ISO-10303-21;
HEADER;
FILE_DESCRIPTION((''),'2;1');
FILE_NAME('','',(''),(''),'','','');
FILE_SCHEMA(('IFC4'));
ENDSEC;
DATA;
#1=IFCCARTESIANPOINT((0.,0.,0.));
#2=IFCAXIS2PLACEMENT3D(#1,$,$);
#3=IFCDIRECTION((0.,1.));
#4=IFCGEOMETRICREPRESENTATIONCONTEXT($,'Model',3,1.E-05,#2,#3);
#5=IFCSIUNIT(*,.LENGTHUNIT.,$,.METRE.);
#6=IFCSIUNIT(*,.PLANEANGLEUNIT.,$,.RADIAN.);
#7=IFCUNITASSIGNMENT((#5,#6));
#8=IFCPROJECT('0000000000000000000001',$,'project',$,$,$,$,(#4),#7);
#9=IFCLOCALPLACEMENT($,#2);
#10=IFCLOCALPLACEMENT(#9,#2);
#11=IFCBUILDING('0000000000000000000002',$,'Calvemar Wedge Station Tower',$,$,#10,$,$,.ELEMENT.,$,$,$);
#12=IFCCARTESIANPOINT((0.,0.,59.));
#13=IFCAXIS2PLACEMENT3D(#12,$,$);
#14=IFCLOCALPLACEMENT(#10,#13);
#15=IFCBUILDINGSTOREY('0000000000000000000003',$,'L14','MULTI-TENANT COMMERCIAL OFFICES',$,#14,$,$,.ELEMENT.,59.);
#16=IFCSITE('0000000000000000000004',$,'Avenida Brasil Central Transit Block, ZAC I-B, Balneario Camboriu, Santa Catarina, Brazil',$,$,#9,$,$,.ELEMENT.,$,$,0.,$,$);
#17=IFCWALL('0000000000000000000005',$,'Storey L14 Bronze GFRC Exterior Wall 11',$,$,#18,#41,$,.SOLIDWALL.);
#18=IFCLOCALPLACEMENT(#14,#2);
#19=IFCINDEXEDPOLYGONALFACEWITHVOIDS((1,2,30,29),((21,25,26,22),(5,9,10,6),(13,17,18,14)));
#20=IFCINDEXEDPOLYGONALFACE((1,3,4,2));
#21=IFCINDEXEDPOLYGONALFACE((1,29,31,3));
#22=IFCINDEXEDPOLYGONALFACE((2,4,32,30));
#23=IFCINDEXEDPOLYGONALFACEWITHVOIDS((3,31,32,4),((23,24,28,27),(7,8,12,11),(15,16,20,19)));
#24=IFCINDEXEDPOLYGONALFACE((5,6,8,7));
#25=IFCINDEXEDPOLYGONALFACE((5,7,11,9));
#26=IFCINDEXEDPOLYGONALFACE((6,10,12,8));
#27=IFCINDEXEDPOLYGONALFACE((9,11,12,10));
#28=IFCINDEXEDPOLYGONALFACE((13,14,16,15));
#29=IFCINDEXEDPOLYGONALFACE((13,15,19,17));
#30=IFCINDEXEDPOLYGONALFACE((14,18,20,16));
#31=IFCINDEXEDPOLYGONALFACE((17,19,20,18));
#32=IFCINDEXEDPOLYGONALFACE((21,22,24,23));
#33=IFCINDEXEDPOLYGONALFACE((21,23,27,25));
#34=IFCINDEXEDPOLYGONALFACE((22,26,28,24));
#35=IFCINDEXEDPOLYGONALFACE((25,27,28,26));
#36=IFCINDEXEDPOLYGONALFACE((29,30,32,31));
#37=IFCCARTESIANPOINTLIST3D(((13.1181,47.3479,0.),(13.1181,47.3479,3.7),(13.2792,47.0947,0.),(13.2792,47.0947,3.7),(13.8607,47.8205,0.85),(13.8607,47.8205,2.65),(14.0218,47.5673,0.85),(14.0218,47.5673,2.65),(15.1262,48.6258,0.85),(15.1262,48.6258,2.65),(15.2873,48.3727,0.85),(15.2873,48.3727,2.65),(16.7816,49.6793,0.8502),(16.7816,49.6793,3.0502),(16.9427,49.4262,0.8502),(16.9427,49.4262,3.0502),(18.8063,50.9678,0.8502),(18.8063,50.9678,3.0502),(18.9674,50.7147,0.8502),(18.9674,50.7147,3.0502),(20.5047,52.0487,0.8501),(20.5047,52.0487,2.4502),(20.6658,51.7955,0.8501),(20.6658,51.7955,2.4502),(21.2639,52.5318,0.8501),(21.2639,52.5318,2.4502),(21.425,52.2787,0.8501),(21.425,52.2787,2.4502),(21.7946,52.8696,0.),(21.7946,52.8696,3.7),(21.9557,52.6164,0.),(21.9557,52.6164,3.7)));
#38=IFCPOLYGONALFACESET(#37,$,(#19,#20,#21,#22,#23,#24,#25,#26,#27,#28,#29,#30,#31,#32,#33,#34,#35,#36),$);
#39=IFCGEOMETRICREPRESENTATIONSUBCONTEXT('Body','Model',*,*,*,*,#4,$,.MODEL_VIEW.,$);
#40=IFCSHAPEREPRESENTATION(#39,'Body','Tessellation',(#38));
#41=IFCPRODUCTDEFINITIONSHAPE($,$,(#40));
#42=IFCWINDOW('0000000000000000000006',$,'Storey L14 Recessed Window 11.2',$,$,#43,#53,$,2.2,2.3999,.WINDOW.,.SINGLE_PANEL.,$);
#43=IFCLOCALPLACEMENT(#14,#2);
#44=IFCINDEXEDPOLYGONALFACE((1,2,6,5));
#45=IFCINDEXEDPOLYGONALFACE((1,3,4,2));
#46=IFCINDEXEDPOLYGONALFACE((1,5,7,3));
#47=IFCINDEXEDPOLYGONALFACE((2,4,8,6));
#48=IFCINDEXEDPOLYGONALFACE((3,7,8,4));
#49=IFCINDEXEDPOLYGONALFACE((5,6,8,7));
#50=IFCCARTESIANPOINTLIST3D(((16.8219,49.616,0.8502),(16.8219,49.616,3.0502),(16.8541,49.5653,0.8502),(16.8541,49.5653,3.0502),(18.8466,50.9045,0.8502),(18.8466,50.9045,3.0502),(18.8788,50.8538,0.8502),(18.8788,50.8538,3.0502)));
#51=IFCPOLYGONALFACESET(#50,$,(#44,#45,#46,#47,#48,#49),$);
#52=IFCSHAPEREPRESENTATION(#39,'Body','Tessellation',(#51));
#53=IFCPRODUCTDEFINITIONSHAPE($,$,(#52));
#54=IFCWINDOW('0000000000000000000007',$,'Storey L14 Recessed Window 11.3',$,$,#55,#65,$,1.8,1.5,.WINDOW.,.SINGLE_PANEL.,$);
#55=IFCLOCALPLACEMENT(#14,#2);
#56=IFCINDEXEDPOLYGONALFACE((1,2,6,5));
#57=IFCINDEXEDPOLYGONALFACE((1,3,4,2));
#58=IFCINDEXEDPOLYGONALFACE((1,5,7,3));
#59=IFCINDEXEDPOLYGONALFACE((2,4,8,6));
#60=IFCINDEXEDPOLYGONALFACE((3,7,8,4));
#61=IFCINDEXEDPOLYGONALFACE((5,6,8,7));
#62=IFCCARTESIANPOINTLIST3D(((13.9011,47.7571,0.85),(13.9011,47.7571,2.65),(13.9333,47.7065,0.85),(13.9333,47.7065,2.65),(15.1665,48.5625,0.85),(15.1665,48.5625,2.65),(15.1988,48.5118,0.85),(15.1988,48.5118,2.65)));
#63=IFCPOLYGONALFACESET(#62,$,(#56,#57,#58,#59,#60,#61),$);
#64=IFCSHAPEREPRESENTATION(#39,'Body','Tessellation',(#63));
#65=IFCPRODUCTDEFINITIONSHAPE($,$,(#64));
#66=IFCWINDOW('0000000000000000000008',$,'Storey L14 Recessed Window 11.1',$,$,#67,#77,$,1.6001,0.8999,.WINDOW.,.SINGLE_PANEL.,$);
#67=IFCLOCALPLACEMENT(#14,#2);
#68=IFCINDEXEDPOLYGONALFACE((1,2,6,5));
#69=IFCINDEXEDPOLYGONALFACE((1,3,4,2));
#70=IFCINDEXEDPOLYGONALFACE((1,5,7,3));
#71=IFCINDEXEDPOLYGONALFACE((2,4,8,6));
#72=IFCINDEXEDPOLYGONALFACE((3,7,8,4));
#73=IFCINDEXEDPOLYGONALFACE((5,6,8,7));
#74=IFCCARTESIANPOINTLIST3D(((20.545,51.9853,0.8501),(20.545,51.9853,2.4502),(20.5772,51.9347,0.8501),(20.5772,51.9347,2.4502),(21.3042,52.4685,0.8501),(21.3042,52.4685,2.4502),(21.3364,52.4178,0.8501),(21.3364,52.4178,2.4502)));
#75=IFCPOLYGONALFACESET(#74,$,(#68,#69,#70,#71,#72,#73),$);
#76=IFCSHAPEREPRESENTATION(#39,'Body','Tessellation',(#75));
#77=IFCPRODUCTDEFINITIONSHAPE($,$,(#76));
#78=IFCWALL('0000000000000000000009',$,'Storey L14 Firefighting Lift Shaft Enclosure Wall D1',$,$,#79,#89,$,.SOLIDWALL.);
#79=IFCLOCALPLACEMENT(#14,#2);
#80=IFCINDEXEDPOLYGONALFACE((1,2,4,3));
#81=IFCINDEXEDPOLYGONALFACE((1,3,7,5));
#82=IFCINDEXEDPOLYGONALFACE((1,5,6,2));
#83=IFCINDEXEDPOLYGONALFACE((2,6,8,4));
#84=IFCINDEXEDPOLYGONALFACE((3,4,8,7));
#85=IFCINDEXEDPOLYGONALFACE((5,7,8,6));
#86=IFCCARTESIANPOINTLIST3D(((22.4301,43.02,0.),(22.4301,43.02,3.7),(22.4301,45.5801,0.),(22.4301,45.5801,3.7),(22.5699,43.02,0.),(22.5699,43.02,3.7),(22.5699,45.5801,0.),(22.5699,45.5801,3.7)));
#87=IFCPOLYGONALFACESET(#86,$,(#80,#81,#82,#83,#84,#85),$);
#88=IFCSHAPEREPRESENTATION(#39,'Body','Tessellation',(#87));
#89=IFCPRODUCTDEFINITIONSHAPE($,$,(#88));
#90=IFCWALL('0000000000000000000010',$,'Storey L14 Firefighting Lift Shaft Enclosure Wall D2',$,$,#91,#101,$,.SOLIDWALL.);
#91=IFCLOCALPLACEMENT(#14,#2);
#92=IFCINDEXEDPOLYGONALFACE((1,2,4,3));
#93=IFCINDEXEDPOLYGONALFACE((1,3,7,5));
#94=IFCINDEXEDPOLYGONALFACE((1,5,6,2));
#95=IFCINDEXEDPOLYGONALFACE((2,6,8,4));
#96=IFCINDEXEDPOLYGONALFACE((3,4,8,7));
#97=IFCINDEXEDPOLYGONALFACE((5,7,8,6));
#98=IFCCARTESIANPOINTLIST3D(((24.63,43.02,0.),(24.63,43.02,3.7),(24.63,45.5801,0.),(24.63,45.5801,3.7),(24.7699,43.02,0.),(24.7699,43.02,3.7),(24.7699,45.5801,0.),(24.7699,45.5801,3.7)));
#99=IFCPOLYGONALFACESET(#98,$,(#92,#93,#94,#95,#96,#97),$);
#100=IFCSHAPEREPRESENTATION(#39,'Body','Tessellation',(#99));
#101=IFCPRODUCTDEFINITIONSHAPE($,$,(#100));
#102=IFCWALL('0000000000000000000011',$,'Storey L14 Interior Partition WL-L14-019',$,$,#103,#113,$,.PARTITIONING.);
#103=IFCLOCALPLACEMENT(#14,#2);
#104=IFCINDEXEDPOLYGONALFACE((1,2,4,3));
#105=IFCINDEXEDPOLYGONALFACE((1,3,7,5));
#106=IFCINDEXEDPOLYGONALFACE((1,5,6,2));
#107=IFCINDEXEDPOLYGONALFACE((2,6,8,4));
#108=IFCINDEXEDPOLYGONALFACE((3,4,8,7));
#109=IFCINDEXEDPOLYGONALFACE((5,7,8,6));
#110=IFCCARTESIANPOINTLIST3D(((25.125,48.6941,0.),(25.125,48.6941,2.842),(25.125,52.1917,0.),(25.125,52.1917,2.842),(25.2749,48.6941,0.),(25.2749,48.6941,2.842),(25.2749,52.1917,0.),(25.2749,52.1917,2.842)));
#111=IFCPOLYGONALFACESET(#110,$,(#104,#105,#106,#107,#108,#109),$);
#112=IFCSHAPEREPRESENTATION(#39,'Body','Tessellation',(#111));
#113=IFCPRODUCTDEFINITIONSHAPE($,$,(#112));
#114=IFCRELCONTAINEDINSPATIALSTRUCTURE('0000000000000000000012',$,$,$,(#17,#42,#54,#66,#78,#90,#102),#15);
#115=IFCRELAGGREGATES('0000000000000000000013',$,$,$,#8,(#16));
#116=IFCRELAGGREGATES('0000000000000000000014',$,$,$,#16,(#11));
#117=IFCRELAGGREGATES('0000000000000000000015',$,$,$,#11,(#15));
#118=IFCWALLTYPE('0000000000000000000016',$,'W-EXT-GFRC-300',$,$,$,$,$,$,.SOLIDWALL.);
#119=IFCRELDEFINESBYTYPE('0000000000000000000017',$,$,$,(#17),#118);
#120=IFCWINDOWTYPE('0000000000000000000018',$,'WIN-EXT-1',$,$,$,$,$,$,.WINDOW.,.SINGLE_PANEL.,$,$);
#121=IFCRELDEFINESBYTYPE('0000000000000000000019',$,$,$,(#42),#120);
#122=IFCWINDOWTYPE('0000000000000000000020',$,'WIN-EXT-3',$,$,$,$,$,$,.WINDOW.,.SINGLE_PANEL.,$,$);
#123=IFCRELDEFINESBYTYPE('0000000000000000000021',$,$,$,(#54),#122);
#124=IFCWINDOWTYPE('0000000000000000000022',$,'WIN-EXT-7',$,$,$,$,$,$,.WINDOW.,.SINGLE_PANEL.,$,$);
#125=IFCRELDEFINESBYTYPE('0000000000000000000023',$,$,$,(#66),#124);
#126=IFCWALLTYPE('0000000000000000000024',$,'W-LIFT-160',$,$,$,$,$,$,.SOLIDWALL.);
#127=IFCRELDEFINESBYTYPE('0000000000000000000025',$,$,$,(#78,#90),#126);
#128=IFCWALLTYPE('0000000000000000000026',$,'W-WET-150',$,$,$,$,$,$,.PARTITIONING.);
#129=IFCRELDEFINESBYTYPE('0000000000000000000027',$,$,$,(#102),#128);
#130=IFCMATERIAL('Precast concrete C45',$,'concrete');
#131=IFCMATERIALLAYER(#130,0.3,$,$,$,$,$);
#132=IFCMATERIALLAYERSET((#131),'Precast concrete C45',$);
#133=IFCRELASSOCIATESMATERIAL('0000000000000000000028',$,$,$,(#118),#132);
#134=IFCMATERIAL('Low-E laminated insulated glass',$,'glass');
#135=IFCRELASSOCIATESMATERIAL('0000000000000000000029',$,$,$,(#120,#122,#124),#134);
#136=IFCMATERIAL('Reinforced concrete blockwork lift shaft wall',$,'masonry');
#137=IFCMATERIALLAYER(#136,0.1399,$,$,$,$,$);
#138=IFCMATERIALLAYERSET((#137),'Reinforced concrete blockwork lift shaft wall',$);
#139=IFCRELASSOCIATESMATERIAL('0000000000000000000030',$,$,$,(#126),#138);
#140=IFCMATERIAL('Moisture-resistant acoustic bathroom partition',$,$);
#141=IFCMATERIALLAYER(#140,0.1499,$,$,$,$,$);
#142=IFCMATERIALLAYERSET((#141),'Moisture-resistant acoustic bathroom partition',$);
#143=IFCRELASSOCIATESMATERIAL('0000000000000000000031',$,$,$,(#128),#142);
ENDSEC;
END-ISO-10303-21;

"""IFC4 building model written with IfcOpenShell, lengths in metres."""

from ifc_helpers import new_model, si_unit, direction, frame, frame_2d, origin, place, context, subcontext, project, spatial, rectangle, extrude, source, transform, mapped, material, layer, layer_set, type_object, element, fill, save


model = new_model("IFC4")

# Units and contexts
model_context = context("Model", 3, precision=1e-05, world=origin(), true_north=direction((0.0, 1.0)))
body_context = subcontext(model_context, "Body", "Model", "MODEL_VIEW")
ifc_project = project(units=[si_unit("LENGTHUNIT", "METRE"), si_unit("PLANEANGLEUNIT", "RADIAN")], contexts=[model_context])

# Site, building, storey
site_placement = place(None, origin())
site = spatial("IfcSite", under=ifc_project, at=site_placement, Name="Avenida Brasil Central Transit Block, ZAC I-B, Balneario Camboriu, Santa Catarina, Brazil", CompositionType="ELEMENT", RefElevation=0.0)
building_placement = place(site_placement, origin())
building = spatial("IfcBuilding", under=site, at=building_placement, Name="Calvemar Wedge Station Tower", CompositionType="ELEMENT")
storey_placement = place(building_placement, frame((0.0, 0.0, 59.0)))
storey = spatial("IfcBuildingStorey", under=building, at=storey_placement, Name="L14", Description="MULTI-TENANT COMMERCIAL OFFICES", CompositionType="ELEMENT", Elevation=59.0)

# Wall, openings, windows
ifc_material_1 = material(Name="Precast concrete C45", Category="concrete")
ifc_layer_1 = layer(ifc_material_1, 0.3)
ifc_layer_set_1 = layer_set([ifc_layer_1], Name="Precast concrete C45")
wall_type_1 = type_object("IfcWallType", Name="W-EXT-GFRC-300", PredefinedType="SOLIDWALL", material=ifc_layer_set_1)
wall_1_placement = place(storey_placement, frame((21.875, 52.7429, 0.0), z_axis=(0.0, 0.0, 1.0), x_axis=(-0.843648, -0.536897, 0.0)))
wall_1 = element("IfcWall", 1, at=wall_1_placement, inside=storey, type_object=wall_type_1, Name="Storey L14 Bronze GFRC Exterior Wall 11", PredefinedType="SOLIDWALL", context=body_context, shape_type="SweptSolid", body=[
    extrude(rectangle(XDim=10.2844, YDim=0.3, at=frame_2d((5.1421, 0.0))), origin(), (0.0, 0.0, 1.0), 3.7),
])
shared_shape_1 = source(origin(), body_context, "Body", "SweptSolid", [
    extrude(rectangle(XDim=0.8999, YDim=1.6001, at=frame_2d((0.45, 0.8))), frame((0.0, 0.1602, 0.0), z_axis=(0.0, -1.0, 0.0), x_axis=(1.0, 0.0, 0.0)), (0.0, 0.0, 1.0), 0.3201),
])
opening_1_placement = place(wall_1_placement, frame((0.6289, 0.0, 0.8501)))
opening_1 = element("IfcOpeningElement", 2, at=opening_1_placement, cuts=wall_1, PredefinedType="OPENING", context=body_context, shape_type="MappedRepresentation", body=[
    mapped(shared_shape_1, transform((0.0, 0.0, 0.0), scale=1.0)),
])
shared_shape_2 = source(origin(), body_context, "Body", "SweptSolid", [
    extrude(rectangle(XDim=2.3999, YDim=2.2, at=frame_2d((1.2, 1.1001))), frame((0.0, 0.1602, 0.0), z_axis=(0.0, -1.0, 0.0), x_axis=(1.0, 0.0, 0.0)), (0.0, 0.0, 1.0), 0.3201),
])
opening_2_placement = place(wall_1_placement, frame((3.542, 0.0, 0.8501)))
opening_2 = element("IfcOpeningElement", 3, at=opening_2_placement, cuts=wall_1, PredefinedType="OPENING", context=body_context, shape_type="MappedRepresentation", body=[
    mapped(shared_shape_2, transform((0.0, 0.0, 0.0), scale=1.0)),
])
shared_shape_3 = source(origin(), body_context, "Body", "SweptSolid", [
    extrude(rectangle(XDim=1.5, YDim=1.8, at=frame_2d((0.75, 0.8999))), frame((0.0, 0.1602, 0.0), z_axis=(0.0, -1.0, 0.0), x_axis=(1.0, 0.0, 0.0)), (0.0, 0.0, 1.0), 0.3201),
])
opening_3_placement = place(wall_1_placement, frame((7.9041, 0.0, 0.8501)))
opening_3 = element("IfcOpeningElement", 4, at=opening_3_placement, cuts=wall_1, PredefinedType="OPENING", context=body_context, shape_type="MappedRepresentation", body=[
    mapped(shared_shape_3, transform((0.0, 0.0, 0.0), scale=1.0)),
])
ifc_material_2 = material(Name="Low-E laminated insulated glass", Category="glass")
window_type_1 = type_object("IfcWindowType", Name="WIN-EXT-1", PartitioningType="SINGLE_PANEL", PredefinedType="WINDOW", material=ifc_material_2)
shared_shape_4 = source(origin(), body_context, "Body", "SweptSolid", [
    extrude(rectangle(XDim=2.3999, YDim=2.2, at=frame_2d((1.2, 1.1001))), frame((0.0, -0.0149, 0.0), z_axis=(0.0, -1.0, 0.0), x_axis=(1.0, 0.0, 0.0)), (0.0, 0.0, 1.0), 0.0601),
])
window_1_placement = place(opening_2_placement, origin())
window_1 = element("IfcWindow", 5, at=window_1_placement, inside=storey, type_object=window_type_1, Name="Storey L14 Recessed Window 11.2", OverallHeight=2.2, OverallWidth=2.3999, PartitioningType="SINGLE_PANEL", PredefinedType="WINDOW", context=body_context, shape_type="MappedRepresentation", body=[
    mapped(shared_shape_4, transform((0.0, 0.0, 0.0), scale=1.0)),
])
fill(opening_2, window_1)
window_type_2 = type_object("IfcWindowType", Name="WIN-EXT-3", PartitioningType="SINGLE_PANEL", PredefinedType="WINDOW", material=ifc_material_2)
shared_shape_5 = source(origin(), body_context, "Body", "SweptSolid", [
    extrude(rectangle(XDim=1.5, YDim=1.8, at=frame_2d((0.75, 0.8999))), frame((0.0, -0.0149, 0.0), z_axis=(0.0, -1.0, 0.0), x_axis=(1.0, 0.0, 0.0)), (0.0, 0.0, 1.0), 0.0601),
])
window_2_placement = place(opening_3_placement, origin())
window_2 = element("IfcWindow", 6, at=window_2_placement, inside=storey, type_object=window_type_2, Name="Storey L14 Recessed Window 11.3", OverallHeight=1.8, OverallWidth=1.5, PartitioningType="SINGLE_PANEL", PredefinedType="WINDOW", context=body_context, shape_type="MappedRepresentation", body=[
    mapped(shared_shape_5, transform((0.0, 0.0, 0.0), scale=1.0)),
])
fill(opening_3, window_2)
window_type_3 = type_object("IfcWindowType", Name="WIN-EXT-7", PartitioningType="SINGLE_PANEL", PredefinedType="WINDOW", material=ifc_material_2)
shared_shape_6 = source(origin(), body_context, "Body", "SweptSolid", [
    extrude(rectangle(XDim=0.8999, YDim=1.6001, at=frame_2d((0.45, 0.8))), frame((0.0, -0.0149, 0.0), z_axis=(0.0, -1.0, 0.0), x_axis=(1.0, 0.0, 0.0)), (0.0, 0.0, 1.0), 0.0601),
])
window_3_placement = place(opening_1_placement, origin())
window_3 = element("IfcWindow", 7, at=window_3_placement, inside=storey, type_object=window_type_3, Name="Storey L14 Recessed Window 11.1", OverallHeight=1.6001, OverallWidth=0.8999, PartitioningType="SINGLE_PANEL", PredefinedType="WINDOW", context=body_context, shape_type="MappedRepresentation", body=[
    mapped(shared_shape_6, transform((0.0, 0.0, 0.0), scale=1.0)),
])
fill(opening_1, window_3)

# Shared definitions
ifc_material_3 = material(Name="Reinforced concrete blockwork lift shaft wall", Category="masonry")
ifc_layer_2 = layer(ifc_material_3, 0.1399)
ifc_layer_set_2 = layer_set([ifc_layer_2], Name="Reinforced concrete blockwork lift shaft wall")
wall_type_2 = type_object("IfcWallType", Name="W-LIFT-160", PredefinedType="SOLIDWALL", material=ifc_layer_set_2)

# Walls
for number, where, z_axis, x_axis, name in (
    (8, (22.5, 43.02, 0.0), (0.0, 0.0, 1.0), (0.0, 1.0, 0.0), "Storey L14 Firefighting Lift Shaft Enclosure Wall D1"),
    (9, (24.7, 43.02, 0.0), (0.0, 0.0, 1.0), (0.0, 1.0, 0.0), "Storey L14 Firefighting Lift Shaft Enclosure Wall D2"),
):
    element("IfcWall", number, at=place(storey_placement, frame(where, z_axis=z_axis, x_axis=x_axis)), inside=storey, type_object=wall_type_2, Name=name, PredefinedType="SOLIDWALL", context=body_context, shape_type="SweptSolid", body=[
        extrude(rectangle(XDim=2.5601, YDim=0.1399, at=frame_2d((1.28, 0.0))), origin(), (0.0, 0.0, 1.0), 3.7),
    ])
ifc_material_4 = material(Name="Moisture-resistant acoustic bathroom partition")
ifc_layer_3 = layer(ifc_material_4, 0.1499)
ifc_layer_set_3 = layer_set([ifc_layer_3], Name="Moisture-resistant acoustic bathroom partition")
wall_type_3 = type_object("IfcWallType", Name="W-WET-150", PredefinedType="PARTITIONING", material=ifc_layer_set_3)
wall_2_placement = place(storey_placement, frame((25.2, 52.1917, 0.0), z_axis=(0.0, 0.0, 1.0), x_axis=(0.0, -1.0, 0.0)))
element("IfcWall", 10, at=wall_2_placement, inside=storey, type_object=wall_type_3, Name="Storey L14 Interior Partition WL-L14-019", PredefinedType="PARTITIONING", context=body_context, shape_type="SweptSolid", body=[
    extrude(rectangle(XDim=3.4976, YDim=0.1499, at=frame_2d((1.7488, 0.0))), origin(), (0.0, 0.0, 1.0), 2.842),
])

save(model, "model.ifc")
